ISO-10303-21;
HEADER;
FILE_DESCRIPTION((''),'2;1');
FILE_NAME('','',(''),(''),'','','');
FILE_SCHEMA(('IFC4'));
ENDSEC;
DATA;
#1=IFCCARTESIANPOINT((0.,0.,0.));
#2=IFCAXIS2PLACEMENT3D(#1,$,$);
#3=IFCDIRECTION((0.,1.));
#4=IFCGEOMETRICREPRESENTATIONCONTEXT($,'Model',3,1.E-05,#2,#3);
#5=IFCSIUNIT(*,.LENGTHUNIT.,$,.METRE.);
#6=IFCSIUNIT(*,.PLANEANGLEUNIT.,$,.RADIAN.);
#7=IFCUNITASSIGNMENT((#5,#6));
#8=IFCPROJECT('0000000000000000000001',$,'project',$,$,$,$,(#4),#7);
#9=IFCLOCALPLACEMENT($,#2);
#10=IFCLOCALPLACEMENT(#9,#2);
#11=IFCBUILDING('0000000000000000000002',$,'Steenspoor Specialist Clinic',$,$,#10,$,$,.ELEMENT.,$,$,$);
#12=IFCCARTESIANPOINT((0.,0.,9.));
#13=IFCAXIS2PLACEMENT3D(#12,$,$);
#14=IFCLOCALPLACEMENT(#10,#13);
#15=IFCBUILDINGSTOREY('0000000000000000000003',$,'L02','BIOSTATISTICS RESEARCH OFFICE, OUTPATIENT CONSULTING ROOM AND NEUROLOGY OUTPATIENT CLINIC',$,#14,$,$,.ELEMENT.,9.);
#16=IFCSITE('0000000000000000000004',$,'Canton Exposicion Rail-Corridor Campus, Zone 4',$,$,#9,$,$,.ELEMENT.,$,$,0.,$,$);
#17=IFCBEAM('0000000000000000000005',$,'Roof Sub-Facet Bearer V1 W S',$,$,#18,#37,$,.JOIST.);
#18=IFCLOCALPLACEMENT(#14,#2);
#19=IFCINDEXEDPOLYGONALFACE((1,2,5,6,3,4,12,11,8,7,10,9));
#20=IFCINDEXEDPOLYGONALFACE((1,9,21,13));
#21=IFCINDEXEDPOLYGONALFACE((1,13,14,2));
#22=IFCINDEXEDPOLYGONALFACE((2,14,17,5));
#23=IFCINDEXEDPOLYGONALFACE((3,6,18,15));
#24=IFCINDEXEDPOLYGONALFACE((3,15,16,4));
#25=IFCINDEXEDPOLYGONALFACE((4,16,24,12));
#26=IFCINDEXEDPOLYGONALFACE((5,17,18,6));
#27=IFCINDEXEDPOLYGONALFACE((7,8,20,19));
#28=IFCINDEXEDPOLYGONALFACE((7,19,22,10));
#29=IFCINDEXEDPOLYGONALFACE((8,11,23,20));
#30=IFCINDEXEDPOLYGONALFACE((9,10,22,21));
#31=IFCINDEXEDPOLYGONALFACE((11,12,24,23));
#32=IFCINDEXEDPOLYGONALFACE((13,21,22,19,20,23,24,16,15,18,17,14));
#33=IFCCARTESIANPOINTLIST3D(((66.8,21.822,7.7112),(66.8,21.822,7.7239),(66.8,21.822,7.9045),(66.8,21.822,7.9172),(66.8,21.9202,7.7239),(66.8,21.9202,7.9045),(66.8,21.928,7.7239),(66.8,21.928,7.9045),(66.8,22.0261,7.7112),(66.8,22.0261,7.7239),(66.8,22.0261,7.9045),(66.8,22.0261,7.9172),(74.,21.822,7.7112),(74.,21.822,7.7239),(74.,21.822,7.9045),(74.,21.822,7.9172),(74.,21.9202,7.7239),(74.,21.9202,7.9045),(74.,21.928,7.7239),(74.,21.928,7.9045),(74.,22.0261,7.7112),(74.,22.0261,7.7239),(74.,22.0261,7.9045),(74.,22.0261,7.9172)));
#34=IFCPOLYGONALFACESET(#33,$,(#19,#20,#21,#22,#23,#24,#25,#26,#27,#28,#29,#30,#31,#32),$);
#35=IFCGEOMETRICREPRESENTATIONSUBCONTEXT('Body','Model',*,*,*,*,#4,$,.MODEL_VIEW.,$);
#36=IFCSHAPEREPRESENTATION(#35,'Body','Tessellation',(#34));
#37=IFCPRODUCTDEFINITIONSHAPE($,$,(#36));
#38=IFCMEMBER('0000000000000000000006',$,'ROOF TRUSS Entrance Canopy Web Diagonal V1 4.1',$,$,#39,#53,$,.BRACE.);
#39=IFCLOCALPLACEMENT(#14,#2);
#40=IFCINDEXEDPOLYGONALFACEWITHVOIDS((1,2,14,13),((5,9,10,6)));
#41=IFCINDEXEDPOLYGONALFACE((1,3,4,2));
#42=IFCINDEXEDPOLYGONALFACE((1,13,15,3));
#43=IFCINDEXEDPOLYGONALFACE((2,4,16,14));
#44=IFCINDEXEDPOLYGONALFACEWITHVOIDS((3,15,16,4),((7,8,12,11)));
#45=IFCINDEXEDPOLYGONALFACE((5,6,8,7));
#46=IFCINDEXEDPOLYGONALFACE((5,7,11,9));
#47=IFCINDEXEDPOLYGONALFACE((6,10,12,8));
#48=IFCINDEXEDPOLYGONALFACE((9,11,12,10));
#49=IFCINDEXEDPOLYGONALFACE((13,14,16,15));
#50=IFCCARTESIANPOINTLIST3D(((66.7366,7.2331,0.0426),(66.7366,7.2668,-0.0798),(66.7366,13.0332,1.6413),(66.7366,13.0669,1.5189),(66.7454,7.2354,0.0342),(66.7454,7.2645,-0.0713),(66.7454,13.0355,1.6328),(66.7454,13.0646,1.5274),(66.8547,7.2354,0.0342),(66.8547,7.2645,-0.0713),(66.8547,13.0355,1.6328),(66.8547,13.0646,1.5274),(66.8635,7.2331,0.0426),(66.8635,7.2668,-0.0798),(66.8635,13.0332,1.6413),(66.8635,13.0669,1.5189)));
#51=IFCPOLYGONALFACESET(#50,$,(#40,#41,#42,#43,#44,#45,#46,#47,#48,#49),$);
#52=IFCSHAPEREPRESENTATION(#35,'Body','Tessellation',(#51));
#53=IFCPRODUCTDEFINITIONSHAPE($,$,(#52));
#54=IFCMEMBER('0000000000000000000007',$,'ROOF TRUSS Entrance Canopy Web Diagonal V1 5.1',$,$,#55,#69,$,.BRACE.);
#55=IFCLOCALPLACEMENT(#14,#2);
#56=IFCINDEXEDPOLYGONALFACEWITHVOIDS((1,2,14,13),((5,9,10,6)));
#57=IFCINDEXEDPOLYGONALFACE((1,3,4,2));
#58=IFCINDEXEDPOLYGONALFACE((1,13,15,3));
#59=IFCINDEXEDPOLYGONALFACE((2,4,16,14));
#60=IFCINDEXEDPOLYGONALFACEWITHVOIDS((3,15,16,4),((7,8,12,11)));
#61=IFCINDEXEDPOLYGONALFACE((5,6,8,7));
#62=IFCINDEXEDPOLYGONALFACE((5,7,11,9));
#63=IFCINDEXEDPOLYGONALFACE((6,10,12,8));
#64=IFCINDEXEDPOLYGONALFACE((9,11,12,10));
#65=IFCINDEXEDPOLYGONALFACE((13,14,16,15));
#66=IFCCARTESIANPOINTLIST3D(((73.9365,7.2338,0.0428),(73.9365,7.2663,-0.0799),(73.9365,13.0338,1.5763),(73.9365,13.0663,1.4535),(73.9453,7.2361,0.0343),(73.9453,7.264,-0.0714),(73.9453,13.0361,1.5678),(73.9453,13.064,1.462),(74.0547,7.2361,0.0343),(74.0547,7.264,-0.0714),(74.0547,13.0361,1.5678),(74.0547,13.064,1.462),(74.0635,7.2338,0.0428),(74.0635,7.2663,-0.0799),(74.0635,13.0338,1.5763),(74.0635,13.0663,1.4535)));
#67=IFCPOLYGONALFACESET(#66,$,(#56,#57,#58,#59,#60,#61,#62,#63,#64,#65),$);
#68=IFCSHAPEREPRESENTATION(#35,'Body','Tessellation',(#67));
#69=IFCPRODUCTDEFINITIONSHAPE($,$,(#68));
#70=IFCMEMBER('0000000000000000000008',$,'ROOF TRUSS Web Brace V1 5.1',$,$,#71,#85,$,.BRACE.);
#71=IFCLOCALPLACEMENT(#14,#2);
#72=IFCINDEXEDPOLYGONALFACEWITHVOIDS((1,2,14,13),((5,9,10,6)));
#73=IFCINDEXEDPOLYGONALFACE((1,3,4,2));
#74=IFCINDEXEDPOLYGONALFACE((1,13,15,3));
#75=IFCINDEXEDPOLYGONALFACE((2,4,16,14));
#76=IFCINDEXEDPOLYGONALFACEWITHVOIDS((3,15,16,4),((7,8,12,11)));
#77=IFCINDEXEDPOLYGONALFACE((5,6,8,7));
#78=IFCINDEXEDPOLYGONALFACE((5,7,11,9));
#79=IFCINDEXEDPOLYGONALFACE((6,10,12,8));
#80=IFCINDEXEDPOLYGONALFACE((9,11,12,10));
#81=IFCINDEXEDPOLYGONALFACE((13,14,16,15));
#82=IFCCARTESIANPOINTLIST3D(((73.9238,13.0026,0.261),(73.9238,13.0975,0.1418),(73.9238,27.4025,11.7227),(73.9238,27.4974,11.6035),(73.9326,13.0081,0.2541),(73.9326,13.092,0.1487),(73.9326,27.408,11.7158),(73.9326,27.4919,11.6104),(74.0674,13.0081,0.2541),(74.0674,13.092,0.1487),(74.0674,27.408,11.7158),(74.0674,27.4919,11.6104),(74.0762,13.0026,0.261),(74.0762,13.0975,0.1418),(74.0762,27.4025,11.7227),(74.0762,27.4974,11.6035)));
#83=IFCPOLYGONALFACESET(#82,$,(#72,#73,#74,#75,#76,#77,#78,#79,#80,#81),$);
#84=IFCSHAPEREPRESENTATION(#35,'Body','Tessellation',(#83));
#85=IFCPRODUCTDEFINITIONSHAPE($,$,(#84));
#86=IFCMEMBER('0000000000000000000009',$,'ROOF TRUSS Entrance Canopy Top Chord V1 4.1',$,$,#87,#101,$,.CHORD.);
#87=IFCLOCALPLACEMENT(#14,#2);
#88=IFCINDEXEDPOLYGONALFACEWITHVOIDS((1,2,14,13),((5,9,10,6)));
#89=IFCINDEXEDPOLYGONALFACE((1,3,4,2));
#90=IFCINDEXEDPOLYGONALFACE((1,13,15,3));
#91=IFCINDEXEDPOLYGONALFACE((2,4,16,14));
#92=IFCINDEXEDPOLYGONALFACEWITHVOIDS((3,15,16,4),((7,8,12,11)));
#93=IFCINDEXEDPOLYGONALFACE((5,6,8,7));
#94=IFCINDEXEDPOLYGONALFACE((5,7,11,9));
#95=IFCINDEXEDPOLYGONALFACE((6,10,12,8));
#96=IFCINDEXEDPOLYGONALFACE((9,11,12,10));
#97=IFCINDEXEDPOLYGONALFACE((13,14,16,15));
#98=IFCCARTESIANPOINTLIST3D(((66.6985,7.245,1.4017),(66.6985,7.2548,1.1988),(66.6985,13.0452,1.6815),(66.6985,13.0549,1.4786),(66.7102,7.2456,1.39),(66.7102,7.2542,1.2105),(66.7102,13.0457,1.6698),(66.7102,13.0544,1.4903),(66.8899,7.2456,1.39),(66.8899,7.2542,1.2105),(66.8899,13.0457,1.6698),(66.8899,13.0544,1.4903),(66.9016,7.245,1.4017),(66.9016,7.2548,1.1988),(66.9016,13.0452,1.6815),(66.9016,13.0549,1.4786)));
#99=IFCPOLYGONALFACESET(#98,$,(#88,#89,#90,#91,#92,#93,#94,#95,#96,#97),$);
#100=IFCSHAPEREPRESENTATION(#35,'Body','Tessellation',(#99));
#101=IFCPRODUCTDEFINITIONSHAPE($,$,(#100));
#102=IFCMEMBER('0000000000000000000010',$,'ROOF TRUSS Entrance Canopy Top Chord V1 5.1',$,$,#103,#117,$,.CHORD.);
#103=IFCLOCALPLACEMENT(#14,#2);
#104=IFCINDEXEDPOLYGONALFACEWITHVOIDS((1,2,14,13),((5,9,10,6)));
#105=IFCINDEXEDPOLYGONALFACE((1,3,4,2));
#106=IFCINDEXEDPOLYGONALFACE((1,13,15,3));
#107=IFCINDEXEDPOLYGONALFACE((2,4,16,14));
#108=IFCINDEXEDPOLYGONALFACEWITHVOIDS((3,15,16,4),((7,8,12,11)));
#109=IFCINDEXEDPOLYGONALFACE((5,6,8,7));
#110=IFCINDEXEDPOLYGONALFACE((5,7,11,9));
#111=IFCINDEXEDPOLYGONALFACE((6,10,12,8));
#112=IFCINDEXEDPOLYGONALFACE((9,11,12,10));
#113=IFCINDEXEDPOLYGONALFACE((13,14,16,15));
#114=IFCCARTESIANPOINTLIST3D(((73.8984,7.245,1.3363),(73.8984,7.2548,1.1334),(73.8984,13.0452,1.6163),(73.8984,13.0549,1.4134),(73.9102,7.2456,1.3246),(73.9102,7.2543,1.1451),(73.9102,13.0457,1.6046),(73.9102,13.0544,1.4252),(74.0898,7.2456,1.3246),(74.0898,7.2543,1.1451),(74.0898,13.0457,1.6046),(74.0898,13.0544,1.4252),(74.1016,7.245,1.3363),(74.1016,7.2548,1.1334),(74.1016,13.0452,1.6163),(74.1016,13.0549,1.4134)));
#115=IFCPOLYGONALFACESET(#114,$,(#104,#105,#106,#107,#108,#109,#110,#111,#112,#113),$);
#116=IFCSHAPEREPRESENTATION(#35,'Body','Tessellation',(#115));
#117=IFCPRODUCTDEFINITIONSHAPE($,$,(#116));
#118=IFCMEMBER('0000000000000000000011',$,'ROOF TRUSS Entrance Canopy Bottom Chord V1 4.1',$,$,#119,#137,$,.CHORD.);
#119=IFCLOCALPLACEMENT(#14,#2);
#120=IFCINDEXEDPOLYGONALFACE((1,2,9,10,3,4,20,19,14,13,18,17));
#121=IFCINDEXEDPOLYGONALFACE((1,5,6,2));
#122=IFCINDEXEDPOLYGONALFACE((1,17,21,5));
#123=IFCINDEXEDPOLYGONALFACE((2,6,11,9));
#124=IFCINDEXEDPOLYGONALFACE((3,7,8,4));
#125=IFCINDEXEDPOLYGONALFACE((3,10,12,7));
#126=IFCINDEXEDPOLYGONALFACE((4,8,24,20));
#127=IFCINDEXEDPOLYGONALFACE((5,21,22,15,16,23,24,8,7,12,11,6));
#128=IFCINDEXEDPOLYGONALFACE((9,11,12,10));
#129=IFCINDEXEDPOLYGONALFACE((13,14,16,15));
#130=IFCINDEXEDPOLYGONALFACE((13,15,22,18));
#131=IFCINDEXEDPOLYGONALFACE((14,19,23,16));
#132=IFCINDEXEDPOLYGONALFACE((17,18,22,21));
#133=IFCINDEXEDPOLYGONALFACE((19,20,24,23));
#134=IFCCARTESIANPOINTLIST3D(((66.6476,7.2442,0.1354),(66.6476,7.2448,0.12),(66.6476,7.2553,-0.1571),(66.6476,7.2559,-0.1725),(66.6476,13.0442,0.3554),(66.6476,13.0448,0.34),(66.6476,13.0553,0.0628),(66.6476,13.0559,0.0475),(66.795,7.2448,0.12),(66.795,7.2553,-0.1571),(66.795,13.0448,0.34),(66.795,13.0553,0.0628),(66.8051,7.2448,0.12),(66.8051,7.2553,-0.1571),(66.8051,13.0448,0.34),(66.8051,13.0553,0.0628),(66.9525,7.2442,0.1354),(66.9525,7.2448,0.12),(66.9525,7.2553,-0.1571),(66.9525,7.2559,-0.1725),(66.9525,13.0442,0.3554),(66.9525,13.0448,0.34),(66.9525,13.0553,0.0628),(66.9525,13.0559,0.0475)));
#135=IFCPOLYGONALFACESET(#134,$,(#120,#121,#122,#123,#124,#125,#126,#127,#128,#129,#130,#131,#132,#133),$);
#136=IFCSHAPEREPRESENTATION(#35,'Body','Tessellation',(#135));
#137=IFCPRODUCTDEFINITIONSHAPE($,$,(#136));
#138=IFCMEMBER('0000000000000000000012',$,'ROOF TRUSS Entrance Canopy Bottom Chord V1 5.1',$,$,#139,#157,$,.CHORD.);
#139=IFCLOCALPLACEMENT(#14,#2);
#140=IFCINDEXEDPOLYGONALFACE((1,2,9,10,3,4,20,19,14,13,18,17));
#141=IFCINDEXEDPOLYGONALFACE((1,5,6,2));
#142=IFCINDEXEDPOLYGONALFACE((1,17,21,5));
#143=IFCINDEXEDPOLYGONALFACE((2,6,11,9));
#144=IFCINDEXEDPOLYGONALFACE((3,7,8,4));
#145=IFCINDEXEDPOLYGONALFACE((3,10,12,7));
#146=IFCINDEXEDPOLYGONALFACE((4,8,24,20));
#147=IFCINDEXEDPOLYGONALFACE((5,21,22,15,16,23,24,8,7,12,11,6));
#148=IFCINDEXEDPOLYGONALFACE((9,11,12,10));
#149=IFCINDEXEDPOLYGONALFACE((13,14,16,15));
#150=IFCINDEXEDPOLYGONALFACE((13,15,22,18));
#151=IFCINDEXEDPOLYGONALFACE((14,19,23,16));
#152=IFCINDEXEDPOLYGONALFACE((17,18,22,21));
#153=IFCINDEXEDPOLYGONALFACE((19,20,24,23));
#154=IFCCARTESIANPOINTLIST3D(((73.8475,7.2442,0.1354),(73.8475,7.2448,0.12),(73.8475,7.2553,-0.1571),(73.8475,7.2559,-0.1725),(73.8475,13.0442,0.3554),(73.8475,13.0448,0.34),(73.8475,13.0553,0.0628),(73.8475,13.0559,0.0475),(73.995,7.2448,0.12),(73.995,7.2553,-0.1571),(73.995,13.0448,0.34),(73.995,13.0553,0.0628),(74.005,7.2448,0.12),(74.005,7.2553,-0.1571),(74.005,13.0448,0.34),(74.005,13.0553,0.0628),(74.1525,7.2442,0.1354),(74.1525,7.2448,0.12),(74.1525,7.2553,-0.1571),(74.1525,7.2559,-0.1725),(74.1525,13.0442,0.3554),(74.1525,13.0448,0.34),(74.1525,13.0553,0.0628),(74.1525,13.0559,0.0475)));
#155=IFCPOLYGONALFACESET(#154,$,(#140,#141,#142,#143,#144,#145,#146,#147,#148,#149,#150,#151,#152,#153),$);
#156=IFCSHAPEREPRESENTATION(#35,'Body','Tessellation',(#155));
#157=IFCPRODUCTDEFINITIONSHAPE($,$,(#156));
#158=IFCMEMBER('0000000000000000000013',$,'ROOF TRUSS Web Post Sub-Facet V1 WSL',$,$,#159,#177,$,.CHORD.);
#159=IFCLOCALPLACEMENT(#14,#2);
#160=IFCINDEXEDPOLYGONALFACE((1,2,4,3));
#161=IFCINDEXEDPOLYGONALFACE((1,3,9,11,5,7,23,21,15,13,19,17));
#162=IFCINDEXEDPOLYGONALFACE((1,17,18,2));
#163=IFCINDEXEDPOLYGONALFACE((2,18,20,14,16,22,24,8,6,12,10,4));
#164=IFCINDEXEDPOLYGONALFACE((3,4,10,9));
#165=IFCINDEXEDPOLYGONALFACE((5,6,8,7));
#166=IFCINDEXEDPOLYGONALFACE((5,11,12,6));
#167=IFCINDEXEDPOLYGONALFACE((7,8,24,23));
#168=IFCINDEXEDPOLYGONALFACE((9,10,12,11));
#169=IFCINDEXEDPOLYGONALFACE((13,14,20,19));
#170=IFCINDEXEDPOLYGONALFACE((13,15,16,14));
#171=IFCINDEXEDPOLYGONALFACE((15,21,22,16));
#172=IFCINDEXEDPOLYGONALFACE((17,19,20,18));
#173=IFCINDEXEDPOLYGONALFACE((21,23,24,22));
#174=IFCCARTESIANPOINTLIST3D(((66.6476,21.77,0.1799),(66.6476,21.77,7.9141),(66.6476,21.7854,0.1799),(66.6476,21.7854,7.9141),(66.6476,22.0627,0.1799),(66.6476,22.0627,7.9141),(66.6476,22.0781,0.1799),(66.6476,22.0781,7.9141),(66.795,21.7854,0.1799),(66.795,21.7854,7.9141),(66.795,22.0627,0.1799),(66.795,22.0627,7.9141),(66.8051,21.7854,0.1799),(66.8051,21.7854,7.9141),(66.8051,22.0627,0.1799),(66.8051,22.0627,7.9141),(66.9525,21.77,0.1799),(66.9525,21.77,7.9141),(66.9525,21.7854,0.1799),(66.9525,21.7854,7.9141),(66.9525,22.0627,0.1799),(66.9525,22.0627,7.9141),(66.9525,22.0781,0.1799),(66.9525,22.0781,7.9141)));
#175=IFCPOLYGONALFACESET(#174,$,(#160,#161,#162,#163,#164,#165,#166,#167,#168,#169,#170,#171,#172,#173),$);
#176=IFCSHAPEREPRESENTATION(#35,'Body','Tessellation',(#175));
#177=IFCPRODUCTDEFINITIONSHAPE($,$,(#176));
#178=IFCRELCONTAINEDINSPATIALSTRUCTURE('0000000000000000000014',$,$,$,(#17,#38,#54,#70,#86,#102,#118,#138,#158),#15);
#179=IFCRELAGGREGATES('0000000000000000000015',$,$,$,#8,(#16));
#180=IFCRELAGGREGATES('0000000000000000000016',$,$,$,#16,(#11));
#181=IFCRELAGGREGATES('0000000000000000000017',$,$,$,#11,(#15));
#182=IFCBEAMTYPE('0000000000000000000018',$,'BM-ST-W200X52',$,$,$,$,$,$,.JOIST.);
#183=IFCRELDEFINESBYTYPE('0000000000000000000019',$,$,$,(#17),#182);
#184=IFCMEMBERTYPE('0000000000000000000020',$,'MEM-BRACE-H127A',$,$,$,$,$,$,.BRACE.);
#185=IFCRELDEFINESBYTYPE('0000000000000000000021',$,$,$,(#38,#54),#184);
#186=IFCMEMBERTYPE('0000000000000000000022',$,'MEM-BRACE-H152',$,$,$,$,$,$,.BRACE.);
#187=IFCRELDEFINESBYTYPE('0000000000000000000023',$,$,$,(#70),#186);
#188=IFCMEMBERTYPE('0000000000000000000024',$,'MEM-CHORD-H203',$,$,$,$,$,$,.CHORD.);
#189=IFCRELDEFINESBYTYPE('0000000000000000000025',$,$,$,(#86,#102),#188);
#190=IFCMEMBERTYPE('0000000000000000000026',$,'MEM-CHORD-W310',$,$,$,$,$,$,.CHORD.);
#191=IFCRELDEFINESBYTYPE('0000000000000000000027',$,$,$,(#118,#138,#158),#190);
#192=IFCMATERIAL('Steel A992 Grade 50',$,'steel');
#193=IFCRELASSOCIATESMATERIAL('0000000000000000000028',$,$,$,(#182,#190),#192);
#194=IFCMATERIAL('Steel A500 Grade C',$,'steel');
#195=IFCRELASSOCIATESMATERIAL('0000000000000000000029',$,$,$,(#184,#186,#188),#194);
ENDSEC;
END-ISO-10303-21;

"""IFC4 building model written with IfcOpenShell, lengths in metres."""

from ifc_helpers import new_model, si_unit, direction, frame, origin, origin_2d, place, context, subcontext, project, spatial, hollow_rectangle, i_section, extrude, material, material_profile, profile_set, type_object, element, save


model = new_model("IFC4")

# Units and contexts
model_context = context("Model", 3, precision=1e-05, world=origin(), true_north=direction((0.0, 1.0)))
body_context = subcontext(model_context, "Body", "Model", "MODEL_VIEW")
ifc_project = project(units=[si_unit("LENGTHUNIT", "METRE"), si_unit("PLANEANGLEUNIT", "RADIAN")], contexts=[model_context])

# Site, building, storey
site_placement = place(None, origin())
site = spatial("IfcSite", under=ifc_project, at=site_placement, Name="Canton Exposicion Rail-Corridor Campus, Zone 4", CompositionType="ELEMENT", RefElevation=0.0)
building_placement = place(site_placement, origin())
building = spatial("IfcBuilding", under=site, at=building_placement, Name="Steenspoor Specialist Clinic", CompositionType="ELEMENT")
storey_placement = place(building_placement, frame((0.0, 0.0, 9.0)))
storey = spatial("IfcBuildingStorey", under=building, at=storey_placement, Name="L02", Description="BIOSTATISTICS RESEARCH OFFICE, OUTPATIENT CONSULTING ROOM AND NEUROLOGY OUTPATIENT CLINIC", CompositionType="ELEMENT", Elevation=9.0)

# Beam
ifc_material_1 = material(Name="Steel A992 Grade 50", Category="steel")
ifc_material_profile_1 = material_profile(ifc_material_1, i_section(OverallWidth=0.2041, OverallDepth=0.2061, WebThickness=0.0078, FlangeThickness=0.0127, at=origin_2d()), Name="W200X52")
ifc_profile_set_1 = profile_set([ifc_material_profile_1], Name="Steel A992 Grade 50")
beam_type = type_object("IfcBeamType", Name="BM-ST-W200X52", PredefinedType="JOIST", material=ifc_profile_set_1)
beam_placement = place(storey_placement, frame((66.8, 21.9241, 7.8142), z_axis=(1.0, 0.0, 0.0), x_axis=(0.0, 1.0, 0.0)))
element("IfcBeam", 1, at=beam_placement, inside=storey, type_object=beam_type, Name="Roof Sub-Facet Bearer V1 W S", PredefinedType="JOIST", context=body_context, shape_type="SweptSolid", body=[
    extrude(i_section(OverallWidth=0.2041, OverallDepth=0.2061, WebThickness=0.0078, FlangeThickness=0.0127, at=origin_2d()), origin(), (0.0, 0.0, 1.0), 7.2),
])

# Members
ifc_material_2 = material(Name="Steel A500 Grade C", Category="steel")
ifc_material_profile_2 = material_profile(ifc_material_2, hollow_rectangle(XDim=0.127, YDim=0.127, WallThickness=0.0088, at=origin_2d()), Name="HSS127X127X9.5")
ifc_profile_set_2 = profile_set([ifc_material_profile_2], Name="Steel A500 Grade C")
member_type_1 = type_object("IfcMemberType", Name="MEM-BRACE-H127A", PredefinedType="BRACE", material=ifc_profile_set_2)
member_1_placement = place(storey_placement, frame((66.8, 13.05, 1.5801), z_axis=(0.0, -0.964051, -0.265716), x_axis=(1.0, 0.0, 0.0)))
element("IfcMember", 2, at=member_1_placement, inside=storey, type_object=member_type_1, Name="ROOF TRUSS Entrance Canopy Web Diagonal V1 4.1", PredefinedType="BRACE", context=body_context, shape_type="SweptSolid", body=[
    extrude(hollow_rectangle(XDim=0.127, YDim=0.127, WallThickness=0.0088, at=origin_2d()), origin(), (0.0, 0.0, 1.0), 6.0164),
])
member_2_placement = place(storey_placement, frame((74.0, 13.05, 1.5149), z_axis=(0.0, -0.966782, -0.255603), x_axis=(1.0, 0.0, 0.0)))
element("IfcMember", 3, at=member_2_placement, inside=storey, type_object=member_type_1, Name="ROOF TRUSS Entrance Canopy Web Diagonal V1 5.1", PredefinedType="BRACE", context=body_context, shape_type="SweptSolid", body=[
    extrude(hollow_rectangle(XDim=0.127, YDim=0.127, WallThickness=0.0088, at=origin_2d()), origin(), (0.0, 0.0, 1.0), 5.9993),
])
ifc_material_profile_3 = material_profile(ifc_material_2, hollow_rectangle(XDim=0.1523, YDim=0.1523, WallThickness=0.0088, at=origin_2d()), Name="HSS152X152X9.5")
ifc_profile_set_3 = profile_set([ifc_material_profile_3], Name="Steel A500 Grade C")
member_type_2 = type_object("IfcMemberType", Name="MEM-BRACE-H152", PredefinedType="BRACE", material=ifc_profile_set_3)
member_3_placement = place(storey_placement, frame((74.0, 13.05, 0.2014), z_axis=(0.0, 0.78241, 0.622763), x_axis=(-1.0, 0.0, 0.0)))
element("IfcMember", 4, at=member_3_placement, inside=storey, type_object=member_type_2, Name="ROOF TRUSS Web Brace V1 5.1", PredefinedType="BRACE", context=body_context, shape_type="SweptSolid", body=[
    extrude(hollow_rectangle(XDim=0.1523, YDim=0.1523, WallThickness=0.0088, at=origin_2d()), origin(), (0.0, 0.0, 1.0), 18.4045),
])
ifc_material_profile_4 = material_profile(ifc_material_2, hollow_rectangle(XDim=0.2031, YDim=0.2031, WallThickness=0.0117, at=origin_2d()), Name="HSS203X203X12.7")
ifc_profile_set_4 = profile_set([ifc_material_profile_4], Name="Steel A500 Grade C")
member_type_3 = type_object("IfcMemberType", Name="MEM-CHORD-H203", PredefinedType="CHORD", material=ifc_profile_set_4)
for number, where, z_axis, x_axis, name in (
    (5, (66.8, 13.05, 1.5801), (0.0, -0.998839, -0.048182), (1.0, 0.0, 0.0), "ROOF TRUSS Entrance Canopy Top Chord V1 4.1"),
    (6, (74.0, 13.05, 1.5149), (0.0, -0.998837, -0.048224), (1.0, 0.0, 0.0), "ROOF TRUSS Entrance Canopy Top Chord V1 5.1"),
):
    element("IfcMember", number, at=place(storey_placement, frame(where, z_axis=z_axis, x_axis=x_axis)), inside=storey, type_object=member_type_3, Name=name, PredefinedType="CHORD", context=body_context, shape_type="SweptSolid", body=[
        extrude(hollow_rectangle(XDim=0.2031, YDim=0.2031, WallThickness=0.0117, at=origin_2d()), origin(), (0.0, 0.0, 1.0), 5.8069),
    ])
ifc_material_profile_5 = material_profile(ifc_material_1, i_section(OverallWidth=0.3049, OverallDepth=0.3081, WebThickness=0.01, FlangeThickness=0.0154, at=origin_2d()), Name="W310X97")
ifc_profile_set_5 = profile_set([ifc_material_profile_5], Name="Steel A992 Grade 50")
member_type_4 = type_object("IfcMemberType", Name="MEM-CHORD-W310", PredefinedType="CHORD", material=ifc_profile_set_5)
for number, where, z_axis, x_axis, name in (
    (7, (66.8, 13.05, 0.2014), (0.0, -0.999282, -0.037898), (1.0, 0.0, 0.0), "ROOF TRUSS Entrance Canopy Bottom Chord V1 4.1"),
    (8, (74.0, 13.05, 0.2014), (0.0, -0.999282, -0.037898), (1.0, 0.0, 0.0), "ROOF TRUSS Entrance Canopy Bottom Chord V1 5.1"),
):
    element("IfcMember", number, at=place(storey_placement, frame(where, z_axis=z_axis, x_axis=x_axis)), inside=storey, type_object=member_type_4, Name=name, PredefinedType="CHORD", context=body_context, shape_type="SweptSolid", body=[
        extrude(i_section(OverallWidth=0.3049, OverallDepth=0.3081, WebThickness=0.01, FlangeThickness=0.0154, at=origin_2d()), origin(), (0.0, 0.0, 1.0), 5.8042),
    ])
member_4_placement = place(storey_placement, frame((66.8, 21.9241, 0.1799), z_axis=(0.0, 0.0, 1.0), x_axis=(1.0, 0.0, 0.0)))
element("IfcMember", 9, at=member_4_placement, inside=storey, type_object=member_type_4, Name="ROOF TRUSS Web Post Sub-Facet V1 WSL", PredefinedType="CHORD", context=body_context, shape_type="SweptSolid", body=[
    extrude(i_section(OverallWidth=0.3049, OverallDepth=0.3081, WebThickness=0.01, FlangeThickness=0.0154, at=origin_2d()), origin(), (0.0, 0.0, 1.0), 7.7341),
])

save(model, "model.ifc")
